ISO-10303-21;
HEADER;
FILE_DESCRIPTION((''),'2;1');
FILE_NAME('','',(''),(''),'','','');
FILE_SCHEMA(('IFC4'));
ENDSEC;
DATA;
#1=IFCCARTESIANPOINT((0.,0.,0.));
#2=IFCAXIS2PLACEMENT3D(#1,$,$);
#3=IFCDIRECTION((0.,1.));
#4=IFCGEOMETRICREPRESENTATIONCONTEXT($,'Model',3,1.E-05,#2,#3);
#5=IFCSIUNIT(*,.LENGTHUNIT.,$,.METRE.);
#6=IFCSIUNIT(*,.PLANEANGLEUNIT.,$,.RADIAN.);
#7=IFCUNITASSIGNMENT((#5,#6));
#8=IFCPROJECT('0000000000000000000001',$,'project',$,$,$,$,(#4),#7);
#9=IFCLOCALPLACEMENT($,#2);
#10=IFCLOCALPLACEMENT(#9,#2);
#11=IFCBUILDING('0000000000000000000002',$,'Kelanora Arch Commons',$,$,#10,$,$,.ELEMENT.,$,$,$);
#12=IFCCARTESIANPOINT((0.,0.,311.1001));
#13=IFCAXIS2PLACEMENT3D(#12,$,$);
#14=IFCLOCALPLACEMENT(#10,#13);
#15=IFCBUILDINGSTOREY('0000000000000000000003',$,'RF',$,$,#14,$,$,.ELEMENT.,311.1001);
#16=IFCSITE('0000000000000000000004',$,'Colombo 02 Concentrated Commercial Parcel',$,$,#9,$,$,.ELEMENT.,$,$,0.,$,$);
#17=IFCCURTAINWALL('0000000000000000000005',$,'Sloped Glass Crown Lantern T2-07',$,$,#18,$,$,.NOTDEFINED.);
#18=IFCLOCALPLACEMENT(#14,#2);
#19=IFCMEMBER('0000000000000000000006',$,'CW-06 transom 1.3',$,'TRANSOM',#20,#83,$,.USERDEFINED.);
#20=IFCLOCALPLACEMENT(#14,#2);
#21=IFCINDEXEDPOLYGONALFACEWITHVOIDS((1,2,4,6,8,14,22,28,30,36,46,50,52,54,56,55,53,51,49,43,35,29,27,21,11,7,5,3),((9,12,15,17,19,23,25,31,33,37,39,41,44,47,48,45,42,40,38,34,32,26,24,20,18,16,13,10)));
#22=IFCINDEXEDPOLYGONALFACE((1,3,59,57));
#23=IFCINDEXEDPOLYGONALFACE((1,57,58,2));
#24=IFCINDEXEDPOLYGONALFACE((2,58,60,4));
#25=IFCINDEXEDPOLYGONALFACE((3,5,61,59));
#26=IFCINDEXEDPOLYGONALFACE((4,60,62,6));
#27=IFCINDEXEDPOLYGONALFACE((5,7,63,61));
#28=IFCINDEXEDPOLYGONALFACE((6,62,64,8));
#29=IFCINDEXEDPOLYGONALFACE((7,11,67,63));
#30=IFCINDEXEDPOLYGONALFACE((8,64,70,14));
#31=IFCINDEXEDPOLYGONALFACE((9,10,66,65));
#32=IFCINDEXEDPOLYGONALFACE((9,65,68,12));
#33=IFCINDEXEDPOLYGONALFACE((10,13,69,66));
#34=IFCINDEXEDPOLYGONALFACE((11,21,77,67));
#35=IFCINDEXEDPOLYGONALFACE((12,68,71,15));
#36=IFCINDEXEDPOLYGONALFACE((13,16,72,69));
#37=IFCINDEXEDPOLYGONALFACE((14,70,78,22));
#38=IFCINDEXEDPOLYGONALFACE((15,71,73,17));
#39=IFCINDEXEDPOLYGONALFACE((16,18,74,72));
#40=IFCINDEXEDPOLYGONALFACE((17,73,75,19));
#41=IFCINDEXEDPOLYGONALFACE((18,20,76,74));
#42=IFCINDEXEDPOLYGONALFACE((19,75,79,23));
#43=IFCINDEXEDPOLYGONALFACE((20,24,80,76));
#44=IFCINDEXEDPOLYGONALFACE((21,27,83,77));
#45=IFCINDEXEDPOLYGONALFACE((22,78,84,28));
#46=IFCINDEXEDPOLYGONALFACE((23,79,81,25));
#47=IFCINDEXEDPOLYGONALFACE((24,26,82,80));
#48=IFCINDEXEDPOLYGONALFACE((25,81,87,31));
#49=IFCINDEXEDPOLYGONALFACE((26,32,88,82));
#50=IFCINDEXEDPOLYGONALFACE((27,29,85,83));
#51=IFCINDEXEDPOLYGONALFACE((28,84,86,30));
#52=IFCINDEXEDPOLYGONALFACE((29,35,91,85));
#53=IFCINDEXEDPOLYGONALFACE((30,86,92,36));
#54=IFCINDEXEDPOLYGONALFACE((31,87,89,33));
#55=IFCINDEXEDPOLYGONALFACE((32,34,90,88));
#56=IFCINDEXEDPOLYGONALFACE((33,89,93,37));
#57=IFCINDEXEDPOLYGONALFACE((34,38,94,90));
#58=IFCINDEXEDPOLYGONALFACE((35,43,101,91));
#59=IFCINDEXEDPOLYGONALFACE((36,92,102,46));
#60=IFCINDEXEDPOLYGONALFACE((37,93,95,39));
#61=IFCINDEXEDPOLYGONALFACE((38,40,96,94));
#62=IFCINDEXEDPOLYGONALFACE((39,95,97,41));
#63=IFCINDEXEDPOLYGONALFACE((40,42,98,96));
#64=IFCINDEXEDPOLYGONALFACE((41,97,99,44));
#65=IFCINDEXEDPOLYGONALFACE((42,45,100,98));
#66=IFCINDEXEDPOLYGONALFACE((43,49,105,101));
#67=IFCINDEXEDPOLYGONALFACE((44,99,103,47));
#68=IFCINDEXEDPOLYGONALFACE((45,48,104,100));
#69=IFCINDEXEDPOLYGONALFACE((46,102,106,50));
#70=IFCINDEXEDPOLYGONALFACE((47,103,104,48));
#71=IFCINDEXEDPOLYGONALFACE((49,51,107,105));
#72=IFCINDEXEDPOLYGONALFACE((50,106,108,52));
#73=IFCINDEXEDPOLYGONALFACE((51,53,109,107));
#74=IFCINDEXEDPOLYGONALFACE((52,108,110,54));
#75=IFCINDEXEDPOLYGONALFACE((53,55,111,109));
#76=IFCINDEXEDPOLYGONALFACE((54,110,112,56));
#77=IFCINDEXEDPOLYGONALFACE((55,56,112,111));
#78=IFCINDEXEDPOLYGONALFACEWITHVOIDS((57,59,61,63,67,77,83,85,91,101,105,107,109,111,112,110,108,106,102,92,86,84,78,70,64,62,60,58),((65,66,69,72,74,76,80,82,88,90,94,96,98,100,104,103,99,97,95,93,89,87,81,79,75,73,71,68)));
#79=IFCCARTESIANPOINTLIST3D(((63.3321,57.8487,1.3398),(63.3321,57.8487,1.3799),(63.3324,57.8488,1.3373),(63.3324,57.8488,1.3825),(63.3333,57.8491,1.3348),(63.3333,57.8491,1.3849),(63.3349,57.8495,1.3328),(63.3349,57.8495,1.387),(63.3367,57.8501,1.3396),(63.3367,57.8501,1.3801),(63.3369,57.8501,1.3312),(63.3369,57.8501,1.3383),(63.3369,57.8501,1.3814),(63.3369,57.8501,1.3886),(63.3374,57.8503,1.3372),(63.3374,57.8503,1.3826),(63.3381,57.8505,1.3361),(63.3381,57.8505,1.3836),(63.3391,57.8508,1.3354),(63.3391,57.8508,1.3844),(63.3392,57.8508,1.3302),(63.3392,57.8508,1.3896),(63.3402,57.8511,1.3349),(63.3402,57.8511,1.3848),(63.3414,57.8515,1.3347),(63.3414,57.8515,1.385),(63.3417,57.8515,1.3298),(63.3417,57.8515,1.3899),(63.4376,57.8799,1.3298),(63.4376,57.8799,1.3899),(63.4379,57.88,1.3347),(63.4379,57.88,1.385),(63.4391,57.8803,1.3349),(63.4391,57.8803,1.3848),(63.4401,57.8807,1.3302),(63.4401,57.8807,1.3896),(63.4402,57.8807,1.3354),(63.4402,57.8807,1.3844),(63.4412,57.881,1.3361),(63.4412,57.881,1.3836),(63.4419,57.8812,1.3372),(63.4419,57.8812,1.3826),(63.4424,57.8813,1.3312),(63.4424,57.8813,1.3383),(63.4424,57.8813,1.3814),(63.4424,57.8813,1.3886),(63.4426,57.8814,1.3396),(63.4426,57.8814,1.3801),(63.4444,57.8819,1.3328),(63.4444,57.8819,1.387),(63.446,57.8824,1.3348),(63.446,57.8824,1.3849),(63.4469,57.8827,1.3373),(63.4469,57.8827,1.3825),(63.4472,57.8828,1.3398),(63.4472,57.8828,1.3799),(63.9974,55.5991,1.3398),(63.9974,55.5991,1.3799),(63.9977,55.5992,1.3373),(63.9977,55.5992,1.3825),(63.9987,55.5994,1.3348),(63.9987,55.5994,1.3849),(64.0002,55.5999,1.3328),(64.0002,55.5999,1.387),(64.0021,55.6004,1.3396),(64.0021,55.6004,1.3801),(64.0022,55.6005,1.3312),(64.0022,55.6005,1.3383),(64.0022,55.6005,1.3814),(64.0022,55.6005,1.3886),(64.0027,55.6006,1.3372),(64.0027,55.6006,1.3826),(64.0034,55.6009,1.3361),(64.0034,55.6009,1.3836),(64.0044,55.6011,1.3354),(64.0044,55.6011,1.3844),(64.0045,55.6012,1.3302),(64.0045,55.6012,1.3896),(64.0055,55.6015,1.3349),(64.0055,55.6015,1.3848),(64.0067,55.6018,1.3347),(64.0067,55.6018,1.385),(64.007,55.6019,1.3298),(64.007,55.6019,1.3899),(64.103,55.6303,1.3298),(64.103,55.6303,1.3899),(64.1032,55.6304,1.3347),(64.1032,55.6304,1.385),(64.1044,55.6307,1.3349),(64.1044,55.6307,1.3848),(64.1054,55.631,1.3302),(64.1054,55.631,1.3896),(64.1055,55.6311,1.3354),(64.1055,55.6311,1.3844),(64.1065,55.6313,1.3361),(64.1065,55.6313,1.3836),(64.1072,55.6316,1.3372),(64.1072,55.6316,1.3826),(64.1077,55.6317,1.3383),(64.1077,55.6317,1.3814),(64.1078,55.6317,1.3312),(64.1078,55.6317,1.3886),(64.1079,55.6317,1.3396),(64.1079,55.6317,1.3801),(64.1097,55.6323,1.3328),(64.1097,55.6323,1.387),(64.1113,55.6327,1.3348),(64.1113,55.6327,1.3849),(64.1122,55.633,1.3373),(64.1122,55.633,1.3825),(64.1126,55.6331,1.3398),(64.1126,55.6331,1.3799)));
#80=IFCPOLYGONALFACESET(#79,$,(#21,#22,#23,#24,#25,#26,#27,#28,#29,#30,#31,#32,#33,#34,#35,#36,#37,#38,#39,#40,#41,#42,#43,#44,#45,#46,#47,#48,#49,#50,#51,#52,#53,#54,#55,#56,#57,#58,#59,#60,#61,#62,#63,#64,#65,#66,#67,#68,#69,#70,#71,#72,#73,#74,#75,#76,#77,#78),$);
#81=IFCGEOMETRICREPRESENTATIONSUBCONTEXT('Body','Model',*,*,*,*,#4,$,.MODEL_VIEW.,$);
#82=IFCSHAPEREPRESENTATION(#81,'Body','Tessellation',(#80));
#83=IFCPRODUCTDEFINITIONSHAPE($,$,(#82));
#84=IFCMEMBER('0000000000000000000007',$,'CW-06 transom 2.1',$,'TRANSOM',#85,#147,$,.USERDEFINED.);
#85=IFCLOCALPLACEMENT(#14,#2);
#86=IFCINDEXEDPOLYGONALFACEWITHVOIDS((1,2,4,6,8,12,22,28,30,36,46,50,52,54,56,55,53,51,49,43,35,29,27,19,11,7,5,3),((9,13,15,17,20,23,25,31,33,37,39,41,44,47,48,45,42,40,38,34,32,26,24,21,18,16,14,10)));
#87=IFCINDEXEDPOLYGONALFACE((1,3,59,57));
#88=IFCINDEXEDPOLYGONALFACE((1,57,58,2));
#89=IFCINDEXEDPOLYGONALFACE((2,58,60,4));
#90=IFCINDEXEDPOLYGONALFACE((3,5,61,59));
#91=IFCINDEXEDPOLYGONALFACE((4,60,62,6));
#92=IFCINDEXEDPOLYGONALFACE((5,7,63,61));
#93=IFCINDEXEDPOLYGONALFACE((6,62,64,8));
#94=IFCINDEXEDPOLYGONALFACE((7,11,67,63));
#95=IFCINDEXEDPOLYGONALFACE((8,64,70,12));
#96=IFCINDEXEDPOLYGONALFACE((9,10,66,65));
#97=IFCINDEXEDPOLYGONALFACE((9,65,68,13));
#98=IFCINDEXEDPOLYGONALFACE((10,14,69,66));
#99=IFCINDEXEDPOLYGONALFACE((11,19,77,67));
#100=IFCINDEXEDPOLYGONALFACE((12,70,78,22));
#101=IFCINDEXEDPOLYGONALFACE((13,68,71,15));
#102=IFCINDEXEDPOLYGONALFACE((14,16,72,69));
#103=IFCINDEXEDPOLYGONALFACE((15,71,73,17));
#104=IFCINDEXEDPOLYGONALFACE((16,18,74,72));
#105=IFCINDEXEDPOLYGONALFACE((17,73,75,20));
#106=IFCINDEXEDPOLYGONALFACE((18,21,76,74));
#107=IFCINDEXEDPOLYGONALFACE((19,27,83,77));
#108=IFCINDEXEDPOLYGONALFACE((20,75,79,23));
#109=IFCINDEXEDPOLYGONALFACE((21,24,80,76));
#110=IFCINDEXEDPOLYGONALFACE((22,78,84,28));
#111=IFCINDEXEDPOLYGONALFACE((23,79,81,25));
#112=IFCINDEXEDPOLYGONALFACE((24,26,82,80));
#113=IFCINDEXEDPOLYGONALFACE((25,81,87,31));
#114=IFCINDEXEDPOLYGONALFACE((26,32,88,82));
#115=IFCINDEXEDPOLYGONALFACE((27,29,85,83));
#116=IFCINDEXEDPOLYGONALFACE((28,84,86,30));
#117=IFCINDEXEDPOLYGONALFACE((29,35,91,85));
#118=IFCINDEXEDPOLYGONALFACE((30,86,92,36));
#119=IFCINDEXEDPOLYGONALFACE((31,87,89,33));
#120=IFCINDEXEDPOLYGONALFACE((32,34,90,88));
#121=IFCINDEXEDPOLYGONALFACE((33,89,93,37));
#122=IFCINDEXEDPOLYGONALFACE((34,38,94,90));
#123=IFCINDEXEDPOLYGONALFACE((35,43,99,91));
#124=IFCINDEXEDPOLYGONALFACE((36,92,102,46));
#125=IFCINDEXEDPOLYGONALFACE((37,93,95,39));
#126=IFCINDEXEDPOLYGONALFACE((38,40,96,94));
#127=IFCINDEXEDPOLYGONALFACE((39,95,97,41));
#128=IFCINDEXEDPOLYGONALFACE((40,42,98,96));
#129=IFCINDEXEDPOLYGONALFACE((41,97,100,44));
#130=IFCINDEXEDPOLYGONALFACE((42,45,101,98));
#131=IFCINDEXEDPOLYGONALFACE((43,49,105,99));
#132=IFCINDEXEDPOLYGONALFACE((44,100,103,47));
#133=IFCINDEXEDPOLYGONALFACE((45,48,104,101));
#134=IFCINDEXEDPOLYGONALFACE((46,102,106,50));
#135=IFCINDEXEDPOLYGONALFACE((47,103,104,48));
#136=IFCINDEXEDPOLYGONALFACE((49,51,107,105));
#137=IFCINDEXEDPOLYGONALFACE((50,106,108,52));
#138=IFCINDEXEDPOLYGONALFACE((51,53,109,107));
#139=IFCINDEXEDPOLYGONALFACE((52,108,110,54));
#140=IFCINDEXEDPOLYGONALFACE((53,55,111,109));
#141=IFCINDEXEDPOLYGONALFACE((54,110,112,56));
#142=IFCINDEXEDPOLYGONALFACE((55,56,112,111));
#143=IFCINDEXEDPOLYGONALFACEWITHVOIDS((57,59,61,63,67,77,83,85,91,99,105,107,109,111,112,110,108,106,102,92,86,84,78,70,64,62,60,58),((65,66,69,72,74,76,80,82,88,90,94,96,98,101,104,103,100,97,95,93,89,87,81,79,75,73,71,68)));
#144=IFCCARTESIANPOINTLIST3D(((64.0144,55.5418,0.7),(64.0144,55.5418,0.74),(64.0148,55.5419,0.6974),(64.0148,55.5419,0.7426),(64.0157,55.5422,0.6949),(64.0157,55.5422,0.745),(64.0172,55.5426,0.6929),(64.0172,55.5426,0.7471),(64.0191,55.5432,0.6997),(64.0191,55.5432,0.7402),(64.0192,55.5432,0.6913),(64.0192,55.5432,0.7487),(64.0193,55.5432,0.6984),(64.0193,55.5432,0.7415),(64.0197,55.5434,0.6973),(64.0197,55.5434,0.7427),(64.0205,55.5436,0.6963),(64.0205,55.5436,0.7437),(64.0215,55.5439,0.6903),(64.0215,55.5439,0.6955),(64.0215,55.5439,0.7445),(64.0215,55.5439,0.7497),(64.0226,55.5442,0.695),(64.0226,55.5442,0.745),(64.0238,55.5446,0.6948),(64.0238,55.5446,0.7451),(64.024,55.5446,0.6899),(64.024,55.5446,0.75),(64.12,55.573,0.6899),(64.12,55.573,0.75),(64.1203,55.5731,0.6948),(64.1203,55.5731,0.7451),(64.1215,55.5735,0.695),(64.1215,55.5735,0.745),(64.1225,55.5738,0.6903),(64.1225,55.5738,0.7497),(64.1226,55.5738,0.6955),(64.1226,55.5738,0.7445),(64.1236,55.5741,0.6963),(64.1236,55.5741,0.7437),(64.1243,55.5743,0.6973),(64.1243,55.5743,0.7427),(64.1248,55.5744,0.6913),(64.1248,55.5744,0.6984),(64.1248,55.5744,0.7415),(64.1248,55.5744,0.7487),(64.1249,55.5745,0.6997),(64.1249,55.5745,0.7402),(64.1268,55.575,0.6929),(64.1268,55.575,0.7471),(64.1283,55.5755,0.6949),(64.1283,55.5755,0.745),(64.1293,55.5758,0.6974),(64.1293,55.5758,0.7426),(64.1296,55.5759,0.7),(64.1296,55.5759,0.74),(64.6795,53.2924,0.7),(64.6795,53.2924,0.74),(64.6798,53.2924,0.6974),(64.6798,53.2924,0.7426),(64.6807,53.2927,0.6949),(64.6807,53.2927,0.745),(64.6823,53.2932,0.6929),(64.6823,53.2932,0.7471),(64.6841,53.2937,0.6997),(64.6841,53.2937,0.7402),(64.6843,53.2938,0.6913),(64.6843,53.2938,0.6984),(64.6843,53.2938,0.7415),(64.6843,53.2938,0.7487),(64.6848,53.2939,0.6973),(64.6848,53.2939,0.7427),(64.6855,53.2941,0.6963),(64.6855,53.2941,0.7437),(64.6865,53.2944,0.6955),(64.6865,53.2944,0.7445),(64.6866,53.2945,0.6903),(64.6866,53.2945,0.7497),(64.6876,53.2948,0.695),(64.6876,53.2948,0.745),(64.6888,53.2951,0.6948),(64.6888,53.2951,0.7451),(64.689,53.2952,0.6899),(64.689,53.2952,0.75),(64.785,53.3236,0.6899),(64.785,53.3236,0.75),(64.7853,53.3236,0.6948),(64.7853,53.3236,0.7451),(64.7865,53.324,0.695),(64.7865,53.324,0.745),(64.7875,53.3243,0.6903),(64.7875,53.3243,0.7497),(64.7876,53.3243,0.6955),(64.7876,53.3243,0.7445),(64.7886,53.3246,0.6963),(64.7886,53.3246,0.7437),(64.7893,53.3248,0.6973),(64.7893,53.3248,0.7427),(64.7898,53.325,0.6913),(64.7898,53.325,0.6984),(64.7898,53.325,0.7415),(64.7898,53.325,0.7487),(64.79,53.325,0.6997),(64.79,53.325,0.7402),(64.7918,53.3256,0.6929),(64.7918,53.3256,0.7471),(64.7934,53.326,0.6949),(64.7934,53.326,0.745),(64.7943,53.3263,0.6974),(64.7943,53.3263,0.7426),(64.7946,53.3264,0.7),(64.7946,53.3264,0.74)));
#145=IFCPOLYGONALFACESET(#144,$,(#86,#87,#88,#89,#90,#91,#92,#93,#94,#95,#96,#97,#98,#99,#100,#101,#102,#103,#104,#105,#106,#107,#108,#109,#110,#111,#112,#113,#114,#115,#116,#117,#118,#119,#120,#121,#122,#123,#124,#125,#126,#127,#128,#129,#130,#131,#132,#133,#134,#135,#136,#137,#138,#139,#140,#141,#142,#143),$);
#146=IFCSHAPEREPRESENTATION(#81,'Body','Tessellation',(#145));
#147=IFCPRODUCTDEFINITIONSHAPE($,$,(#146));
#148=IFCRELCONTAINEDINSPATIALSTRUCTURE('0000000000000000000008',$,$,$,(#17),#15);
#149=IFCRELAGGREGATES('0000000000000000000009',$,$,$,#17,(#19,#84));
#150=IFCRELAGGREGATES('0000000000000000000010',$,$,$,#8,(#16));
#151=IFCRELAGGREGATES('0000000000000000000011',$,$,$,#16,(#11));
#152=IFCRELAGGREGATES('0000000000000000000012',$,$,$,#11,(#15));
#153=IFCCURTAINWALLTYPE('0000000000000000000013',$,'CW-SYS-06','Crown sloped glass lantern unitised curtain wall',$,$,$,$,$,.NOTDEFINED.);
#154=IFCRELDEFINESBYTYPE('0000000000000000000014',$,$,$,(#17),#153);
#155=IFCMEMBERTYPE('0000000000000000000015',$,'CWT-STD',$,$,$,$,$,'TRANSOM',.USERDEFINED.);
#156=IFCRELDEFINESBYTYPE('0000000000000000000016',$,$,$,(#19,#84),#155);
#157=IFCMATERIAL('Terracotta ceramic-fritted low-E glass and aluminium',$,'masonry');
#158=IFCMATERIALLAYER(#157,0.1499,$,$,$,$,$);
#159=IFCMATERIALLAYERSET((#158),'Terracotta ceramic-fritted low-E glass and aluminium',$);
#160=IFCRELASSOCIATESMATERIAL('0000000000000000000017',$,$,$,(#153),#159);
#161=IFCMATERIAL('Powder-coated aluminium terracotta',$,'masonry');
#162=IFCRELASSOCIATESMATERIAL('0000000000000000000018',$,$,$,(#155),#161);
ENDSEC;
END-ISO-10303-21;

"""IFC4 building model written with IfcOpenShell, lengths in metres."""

from ifc_helpers import new_model, si_unit, direction, frame, origin, origin_2d, place, context, subcontext, project, spatial, hollow_rectangle, extrude, material, layer, layer_set, material_profile, profile_set, type_object, element, aggregate, save


model = new_model("IFC4")

# Units and contexts
model_context = context("Model", 3, precision=1e-05, world=origin(), true_north=direction((0.0, 1.0)))
body_context = subcontext(model_context, "Body", "Model", "MODEL_VIEW")
ifc_project = project(units=[si_unit("LENGTHUNIT", "METRE"), si_unit("PLANEANGLEUNIT", "RADIAN")], contexts=[model_context])

# Site, building, storey
site_placement = place(None, origin())
site = spatial("IfcSite", under=ifc_project, at=site_placement, Name="Colombo 02 Concentrated Commercial Parcel", CompositionType="ELEMENT", RefElevation=0.0)
building_placement = place(site_placement, origin())
building = spatial("IfcBuilding", under=site, at=building_placement, Name="Kelanora Arch Commons", CompositionType="ELEMENT")
storey_placement = place(building_placement, frame((0.0, 0.0, 311.1001)))
storey = spatial("IfcBuildingStorey", under=building, at=storey_placement, Name="RF", CompositionType="ELEMENT", Elevation=311.1001)

# Curtain wall
ifc_material_1 = material(Name="Terracotta ceramic-fritted low-E glass and aluminium", Category="masonry")
ifc_layer_1 = layer(ifc_material_1, 0.1499)
ifc_layer_set_1 = layer_set([ifc_layer_1], Name="Terracotta ceramic-fritted low-E glass and aluminium")
curtain_wall_type = type_object("IfcCurtainWallType", Name="CW-SYS-06", Description="Crown sloped glass lantern unitised curtain wall", PredefinedType="NOTDEFINED", material=ifc_layer_set_1)
ifc_material_2 = material(Name="Powder-coated aluminium terracotta", Category="masonry")
curtain_wall_1_placement = place(storey_placement, origin())
curtain_wall_1 = element("IfcCurtainWall", 1, at=curtain_wall_1_placement, inside=storey, type_object=curtain_wall_type, Name="Sloped Glass Crown Lantern T2-07", PredefinedType="NOTDEFINED")

# Members
ifc_material_profile_1 = material_profile(ifc_material_2, hollow_rectangle(XDim=0.1201, YDim=0.0601, WallThickness=0.0049, InnerFilletRadius=0.0049, OuterFilletRadius=0.01, at=origin_2d()), Name="CWT120x60")
ifc_profile_set_1 = profile_set([ifc_material_profile_1], Name="Powder-coated aluminium terracotta")
member_type_1 = type_object("IfcMemberType", Name="CWT-STD", ElementType="TRANSOM", PredefinedType="USERDEFINED", material=ifc_profile_set_1)
member_1_placement = place(storey_placement, frame((63.3896, 57.8657, 1.3599), z_axis=(0.283603, -0.958942, 0.0), x_axis=(0.958942, 0.283603, 0.0)))
member_1 = element("IfcMember", 2, at=member_1_placement, type_object=member_type_1, Name="CW-06 transom 1.3", ObjectType="TRANSOM", PredefinedType="USERDEFINED", context=body_context, shape_type="SweptSolid", body=[
    extrude(hollow_rectangle(XDim=0.1201, YDim=0.0601, WallThickness=0.0049, InnerFilletRadius=0.0049, OuterFilletRadius=0.01, at=origin_2d()), origin(), (0.0, 0.0, 1.0), 2.3459),
])
member_2_placement = place(storey_placement, frame((64.072, 55.5588, 0.72), z_axis=(0.283507, -0.95897, 0.0), x_axis=(0.95897, 0.283507, 0.0)))
member_2 = element("IfcMember", 3, at=member_2_placement, type_object=member_type_1, Name="CW-06 transom 2.1", ObjectType="TRANSOM", PredefinedType="USERDEFINED", context=body_context, shape_type="SweptSolid", body=[
    extrude(hollow_rectangle(XDim=0.1201, YDim=0.0601, WallThickness=0.0049, InnerFilletRadius=0.0049, OuterFilletRadius=0.01, at=origin_2d()), origin(), (0.0, 0.0, 1.0), 2.3457),
])

aggregate(curtain_wall_1, [member_1, member_2])

save(model, "model.ifc")
